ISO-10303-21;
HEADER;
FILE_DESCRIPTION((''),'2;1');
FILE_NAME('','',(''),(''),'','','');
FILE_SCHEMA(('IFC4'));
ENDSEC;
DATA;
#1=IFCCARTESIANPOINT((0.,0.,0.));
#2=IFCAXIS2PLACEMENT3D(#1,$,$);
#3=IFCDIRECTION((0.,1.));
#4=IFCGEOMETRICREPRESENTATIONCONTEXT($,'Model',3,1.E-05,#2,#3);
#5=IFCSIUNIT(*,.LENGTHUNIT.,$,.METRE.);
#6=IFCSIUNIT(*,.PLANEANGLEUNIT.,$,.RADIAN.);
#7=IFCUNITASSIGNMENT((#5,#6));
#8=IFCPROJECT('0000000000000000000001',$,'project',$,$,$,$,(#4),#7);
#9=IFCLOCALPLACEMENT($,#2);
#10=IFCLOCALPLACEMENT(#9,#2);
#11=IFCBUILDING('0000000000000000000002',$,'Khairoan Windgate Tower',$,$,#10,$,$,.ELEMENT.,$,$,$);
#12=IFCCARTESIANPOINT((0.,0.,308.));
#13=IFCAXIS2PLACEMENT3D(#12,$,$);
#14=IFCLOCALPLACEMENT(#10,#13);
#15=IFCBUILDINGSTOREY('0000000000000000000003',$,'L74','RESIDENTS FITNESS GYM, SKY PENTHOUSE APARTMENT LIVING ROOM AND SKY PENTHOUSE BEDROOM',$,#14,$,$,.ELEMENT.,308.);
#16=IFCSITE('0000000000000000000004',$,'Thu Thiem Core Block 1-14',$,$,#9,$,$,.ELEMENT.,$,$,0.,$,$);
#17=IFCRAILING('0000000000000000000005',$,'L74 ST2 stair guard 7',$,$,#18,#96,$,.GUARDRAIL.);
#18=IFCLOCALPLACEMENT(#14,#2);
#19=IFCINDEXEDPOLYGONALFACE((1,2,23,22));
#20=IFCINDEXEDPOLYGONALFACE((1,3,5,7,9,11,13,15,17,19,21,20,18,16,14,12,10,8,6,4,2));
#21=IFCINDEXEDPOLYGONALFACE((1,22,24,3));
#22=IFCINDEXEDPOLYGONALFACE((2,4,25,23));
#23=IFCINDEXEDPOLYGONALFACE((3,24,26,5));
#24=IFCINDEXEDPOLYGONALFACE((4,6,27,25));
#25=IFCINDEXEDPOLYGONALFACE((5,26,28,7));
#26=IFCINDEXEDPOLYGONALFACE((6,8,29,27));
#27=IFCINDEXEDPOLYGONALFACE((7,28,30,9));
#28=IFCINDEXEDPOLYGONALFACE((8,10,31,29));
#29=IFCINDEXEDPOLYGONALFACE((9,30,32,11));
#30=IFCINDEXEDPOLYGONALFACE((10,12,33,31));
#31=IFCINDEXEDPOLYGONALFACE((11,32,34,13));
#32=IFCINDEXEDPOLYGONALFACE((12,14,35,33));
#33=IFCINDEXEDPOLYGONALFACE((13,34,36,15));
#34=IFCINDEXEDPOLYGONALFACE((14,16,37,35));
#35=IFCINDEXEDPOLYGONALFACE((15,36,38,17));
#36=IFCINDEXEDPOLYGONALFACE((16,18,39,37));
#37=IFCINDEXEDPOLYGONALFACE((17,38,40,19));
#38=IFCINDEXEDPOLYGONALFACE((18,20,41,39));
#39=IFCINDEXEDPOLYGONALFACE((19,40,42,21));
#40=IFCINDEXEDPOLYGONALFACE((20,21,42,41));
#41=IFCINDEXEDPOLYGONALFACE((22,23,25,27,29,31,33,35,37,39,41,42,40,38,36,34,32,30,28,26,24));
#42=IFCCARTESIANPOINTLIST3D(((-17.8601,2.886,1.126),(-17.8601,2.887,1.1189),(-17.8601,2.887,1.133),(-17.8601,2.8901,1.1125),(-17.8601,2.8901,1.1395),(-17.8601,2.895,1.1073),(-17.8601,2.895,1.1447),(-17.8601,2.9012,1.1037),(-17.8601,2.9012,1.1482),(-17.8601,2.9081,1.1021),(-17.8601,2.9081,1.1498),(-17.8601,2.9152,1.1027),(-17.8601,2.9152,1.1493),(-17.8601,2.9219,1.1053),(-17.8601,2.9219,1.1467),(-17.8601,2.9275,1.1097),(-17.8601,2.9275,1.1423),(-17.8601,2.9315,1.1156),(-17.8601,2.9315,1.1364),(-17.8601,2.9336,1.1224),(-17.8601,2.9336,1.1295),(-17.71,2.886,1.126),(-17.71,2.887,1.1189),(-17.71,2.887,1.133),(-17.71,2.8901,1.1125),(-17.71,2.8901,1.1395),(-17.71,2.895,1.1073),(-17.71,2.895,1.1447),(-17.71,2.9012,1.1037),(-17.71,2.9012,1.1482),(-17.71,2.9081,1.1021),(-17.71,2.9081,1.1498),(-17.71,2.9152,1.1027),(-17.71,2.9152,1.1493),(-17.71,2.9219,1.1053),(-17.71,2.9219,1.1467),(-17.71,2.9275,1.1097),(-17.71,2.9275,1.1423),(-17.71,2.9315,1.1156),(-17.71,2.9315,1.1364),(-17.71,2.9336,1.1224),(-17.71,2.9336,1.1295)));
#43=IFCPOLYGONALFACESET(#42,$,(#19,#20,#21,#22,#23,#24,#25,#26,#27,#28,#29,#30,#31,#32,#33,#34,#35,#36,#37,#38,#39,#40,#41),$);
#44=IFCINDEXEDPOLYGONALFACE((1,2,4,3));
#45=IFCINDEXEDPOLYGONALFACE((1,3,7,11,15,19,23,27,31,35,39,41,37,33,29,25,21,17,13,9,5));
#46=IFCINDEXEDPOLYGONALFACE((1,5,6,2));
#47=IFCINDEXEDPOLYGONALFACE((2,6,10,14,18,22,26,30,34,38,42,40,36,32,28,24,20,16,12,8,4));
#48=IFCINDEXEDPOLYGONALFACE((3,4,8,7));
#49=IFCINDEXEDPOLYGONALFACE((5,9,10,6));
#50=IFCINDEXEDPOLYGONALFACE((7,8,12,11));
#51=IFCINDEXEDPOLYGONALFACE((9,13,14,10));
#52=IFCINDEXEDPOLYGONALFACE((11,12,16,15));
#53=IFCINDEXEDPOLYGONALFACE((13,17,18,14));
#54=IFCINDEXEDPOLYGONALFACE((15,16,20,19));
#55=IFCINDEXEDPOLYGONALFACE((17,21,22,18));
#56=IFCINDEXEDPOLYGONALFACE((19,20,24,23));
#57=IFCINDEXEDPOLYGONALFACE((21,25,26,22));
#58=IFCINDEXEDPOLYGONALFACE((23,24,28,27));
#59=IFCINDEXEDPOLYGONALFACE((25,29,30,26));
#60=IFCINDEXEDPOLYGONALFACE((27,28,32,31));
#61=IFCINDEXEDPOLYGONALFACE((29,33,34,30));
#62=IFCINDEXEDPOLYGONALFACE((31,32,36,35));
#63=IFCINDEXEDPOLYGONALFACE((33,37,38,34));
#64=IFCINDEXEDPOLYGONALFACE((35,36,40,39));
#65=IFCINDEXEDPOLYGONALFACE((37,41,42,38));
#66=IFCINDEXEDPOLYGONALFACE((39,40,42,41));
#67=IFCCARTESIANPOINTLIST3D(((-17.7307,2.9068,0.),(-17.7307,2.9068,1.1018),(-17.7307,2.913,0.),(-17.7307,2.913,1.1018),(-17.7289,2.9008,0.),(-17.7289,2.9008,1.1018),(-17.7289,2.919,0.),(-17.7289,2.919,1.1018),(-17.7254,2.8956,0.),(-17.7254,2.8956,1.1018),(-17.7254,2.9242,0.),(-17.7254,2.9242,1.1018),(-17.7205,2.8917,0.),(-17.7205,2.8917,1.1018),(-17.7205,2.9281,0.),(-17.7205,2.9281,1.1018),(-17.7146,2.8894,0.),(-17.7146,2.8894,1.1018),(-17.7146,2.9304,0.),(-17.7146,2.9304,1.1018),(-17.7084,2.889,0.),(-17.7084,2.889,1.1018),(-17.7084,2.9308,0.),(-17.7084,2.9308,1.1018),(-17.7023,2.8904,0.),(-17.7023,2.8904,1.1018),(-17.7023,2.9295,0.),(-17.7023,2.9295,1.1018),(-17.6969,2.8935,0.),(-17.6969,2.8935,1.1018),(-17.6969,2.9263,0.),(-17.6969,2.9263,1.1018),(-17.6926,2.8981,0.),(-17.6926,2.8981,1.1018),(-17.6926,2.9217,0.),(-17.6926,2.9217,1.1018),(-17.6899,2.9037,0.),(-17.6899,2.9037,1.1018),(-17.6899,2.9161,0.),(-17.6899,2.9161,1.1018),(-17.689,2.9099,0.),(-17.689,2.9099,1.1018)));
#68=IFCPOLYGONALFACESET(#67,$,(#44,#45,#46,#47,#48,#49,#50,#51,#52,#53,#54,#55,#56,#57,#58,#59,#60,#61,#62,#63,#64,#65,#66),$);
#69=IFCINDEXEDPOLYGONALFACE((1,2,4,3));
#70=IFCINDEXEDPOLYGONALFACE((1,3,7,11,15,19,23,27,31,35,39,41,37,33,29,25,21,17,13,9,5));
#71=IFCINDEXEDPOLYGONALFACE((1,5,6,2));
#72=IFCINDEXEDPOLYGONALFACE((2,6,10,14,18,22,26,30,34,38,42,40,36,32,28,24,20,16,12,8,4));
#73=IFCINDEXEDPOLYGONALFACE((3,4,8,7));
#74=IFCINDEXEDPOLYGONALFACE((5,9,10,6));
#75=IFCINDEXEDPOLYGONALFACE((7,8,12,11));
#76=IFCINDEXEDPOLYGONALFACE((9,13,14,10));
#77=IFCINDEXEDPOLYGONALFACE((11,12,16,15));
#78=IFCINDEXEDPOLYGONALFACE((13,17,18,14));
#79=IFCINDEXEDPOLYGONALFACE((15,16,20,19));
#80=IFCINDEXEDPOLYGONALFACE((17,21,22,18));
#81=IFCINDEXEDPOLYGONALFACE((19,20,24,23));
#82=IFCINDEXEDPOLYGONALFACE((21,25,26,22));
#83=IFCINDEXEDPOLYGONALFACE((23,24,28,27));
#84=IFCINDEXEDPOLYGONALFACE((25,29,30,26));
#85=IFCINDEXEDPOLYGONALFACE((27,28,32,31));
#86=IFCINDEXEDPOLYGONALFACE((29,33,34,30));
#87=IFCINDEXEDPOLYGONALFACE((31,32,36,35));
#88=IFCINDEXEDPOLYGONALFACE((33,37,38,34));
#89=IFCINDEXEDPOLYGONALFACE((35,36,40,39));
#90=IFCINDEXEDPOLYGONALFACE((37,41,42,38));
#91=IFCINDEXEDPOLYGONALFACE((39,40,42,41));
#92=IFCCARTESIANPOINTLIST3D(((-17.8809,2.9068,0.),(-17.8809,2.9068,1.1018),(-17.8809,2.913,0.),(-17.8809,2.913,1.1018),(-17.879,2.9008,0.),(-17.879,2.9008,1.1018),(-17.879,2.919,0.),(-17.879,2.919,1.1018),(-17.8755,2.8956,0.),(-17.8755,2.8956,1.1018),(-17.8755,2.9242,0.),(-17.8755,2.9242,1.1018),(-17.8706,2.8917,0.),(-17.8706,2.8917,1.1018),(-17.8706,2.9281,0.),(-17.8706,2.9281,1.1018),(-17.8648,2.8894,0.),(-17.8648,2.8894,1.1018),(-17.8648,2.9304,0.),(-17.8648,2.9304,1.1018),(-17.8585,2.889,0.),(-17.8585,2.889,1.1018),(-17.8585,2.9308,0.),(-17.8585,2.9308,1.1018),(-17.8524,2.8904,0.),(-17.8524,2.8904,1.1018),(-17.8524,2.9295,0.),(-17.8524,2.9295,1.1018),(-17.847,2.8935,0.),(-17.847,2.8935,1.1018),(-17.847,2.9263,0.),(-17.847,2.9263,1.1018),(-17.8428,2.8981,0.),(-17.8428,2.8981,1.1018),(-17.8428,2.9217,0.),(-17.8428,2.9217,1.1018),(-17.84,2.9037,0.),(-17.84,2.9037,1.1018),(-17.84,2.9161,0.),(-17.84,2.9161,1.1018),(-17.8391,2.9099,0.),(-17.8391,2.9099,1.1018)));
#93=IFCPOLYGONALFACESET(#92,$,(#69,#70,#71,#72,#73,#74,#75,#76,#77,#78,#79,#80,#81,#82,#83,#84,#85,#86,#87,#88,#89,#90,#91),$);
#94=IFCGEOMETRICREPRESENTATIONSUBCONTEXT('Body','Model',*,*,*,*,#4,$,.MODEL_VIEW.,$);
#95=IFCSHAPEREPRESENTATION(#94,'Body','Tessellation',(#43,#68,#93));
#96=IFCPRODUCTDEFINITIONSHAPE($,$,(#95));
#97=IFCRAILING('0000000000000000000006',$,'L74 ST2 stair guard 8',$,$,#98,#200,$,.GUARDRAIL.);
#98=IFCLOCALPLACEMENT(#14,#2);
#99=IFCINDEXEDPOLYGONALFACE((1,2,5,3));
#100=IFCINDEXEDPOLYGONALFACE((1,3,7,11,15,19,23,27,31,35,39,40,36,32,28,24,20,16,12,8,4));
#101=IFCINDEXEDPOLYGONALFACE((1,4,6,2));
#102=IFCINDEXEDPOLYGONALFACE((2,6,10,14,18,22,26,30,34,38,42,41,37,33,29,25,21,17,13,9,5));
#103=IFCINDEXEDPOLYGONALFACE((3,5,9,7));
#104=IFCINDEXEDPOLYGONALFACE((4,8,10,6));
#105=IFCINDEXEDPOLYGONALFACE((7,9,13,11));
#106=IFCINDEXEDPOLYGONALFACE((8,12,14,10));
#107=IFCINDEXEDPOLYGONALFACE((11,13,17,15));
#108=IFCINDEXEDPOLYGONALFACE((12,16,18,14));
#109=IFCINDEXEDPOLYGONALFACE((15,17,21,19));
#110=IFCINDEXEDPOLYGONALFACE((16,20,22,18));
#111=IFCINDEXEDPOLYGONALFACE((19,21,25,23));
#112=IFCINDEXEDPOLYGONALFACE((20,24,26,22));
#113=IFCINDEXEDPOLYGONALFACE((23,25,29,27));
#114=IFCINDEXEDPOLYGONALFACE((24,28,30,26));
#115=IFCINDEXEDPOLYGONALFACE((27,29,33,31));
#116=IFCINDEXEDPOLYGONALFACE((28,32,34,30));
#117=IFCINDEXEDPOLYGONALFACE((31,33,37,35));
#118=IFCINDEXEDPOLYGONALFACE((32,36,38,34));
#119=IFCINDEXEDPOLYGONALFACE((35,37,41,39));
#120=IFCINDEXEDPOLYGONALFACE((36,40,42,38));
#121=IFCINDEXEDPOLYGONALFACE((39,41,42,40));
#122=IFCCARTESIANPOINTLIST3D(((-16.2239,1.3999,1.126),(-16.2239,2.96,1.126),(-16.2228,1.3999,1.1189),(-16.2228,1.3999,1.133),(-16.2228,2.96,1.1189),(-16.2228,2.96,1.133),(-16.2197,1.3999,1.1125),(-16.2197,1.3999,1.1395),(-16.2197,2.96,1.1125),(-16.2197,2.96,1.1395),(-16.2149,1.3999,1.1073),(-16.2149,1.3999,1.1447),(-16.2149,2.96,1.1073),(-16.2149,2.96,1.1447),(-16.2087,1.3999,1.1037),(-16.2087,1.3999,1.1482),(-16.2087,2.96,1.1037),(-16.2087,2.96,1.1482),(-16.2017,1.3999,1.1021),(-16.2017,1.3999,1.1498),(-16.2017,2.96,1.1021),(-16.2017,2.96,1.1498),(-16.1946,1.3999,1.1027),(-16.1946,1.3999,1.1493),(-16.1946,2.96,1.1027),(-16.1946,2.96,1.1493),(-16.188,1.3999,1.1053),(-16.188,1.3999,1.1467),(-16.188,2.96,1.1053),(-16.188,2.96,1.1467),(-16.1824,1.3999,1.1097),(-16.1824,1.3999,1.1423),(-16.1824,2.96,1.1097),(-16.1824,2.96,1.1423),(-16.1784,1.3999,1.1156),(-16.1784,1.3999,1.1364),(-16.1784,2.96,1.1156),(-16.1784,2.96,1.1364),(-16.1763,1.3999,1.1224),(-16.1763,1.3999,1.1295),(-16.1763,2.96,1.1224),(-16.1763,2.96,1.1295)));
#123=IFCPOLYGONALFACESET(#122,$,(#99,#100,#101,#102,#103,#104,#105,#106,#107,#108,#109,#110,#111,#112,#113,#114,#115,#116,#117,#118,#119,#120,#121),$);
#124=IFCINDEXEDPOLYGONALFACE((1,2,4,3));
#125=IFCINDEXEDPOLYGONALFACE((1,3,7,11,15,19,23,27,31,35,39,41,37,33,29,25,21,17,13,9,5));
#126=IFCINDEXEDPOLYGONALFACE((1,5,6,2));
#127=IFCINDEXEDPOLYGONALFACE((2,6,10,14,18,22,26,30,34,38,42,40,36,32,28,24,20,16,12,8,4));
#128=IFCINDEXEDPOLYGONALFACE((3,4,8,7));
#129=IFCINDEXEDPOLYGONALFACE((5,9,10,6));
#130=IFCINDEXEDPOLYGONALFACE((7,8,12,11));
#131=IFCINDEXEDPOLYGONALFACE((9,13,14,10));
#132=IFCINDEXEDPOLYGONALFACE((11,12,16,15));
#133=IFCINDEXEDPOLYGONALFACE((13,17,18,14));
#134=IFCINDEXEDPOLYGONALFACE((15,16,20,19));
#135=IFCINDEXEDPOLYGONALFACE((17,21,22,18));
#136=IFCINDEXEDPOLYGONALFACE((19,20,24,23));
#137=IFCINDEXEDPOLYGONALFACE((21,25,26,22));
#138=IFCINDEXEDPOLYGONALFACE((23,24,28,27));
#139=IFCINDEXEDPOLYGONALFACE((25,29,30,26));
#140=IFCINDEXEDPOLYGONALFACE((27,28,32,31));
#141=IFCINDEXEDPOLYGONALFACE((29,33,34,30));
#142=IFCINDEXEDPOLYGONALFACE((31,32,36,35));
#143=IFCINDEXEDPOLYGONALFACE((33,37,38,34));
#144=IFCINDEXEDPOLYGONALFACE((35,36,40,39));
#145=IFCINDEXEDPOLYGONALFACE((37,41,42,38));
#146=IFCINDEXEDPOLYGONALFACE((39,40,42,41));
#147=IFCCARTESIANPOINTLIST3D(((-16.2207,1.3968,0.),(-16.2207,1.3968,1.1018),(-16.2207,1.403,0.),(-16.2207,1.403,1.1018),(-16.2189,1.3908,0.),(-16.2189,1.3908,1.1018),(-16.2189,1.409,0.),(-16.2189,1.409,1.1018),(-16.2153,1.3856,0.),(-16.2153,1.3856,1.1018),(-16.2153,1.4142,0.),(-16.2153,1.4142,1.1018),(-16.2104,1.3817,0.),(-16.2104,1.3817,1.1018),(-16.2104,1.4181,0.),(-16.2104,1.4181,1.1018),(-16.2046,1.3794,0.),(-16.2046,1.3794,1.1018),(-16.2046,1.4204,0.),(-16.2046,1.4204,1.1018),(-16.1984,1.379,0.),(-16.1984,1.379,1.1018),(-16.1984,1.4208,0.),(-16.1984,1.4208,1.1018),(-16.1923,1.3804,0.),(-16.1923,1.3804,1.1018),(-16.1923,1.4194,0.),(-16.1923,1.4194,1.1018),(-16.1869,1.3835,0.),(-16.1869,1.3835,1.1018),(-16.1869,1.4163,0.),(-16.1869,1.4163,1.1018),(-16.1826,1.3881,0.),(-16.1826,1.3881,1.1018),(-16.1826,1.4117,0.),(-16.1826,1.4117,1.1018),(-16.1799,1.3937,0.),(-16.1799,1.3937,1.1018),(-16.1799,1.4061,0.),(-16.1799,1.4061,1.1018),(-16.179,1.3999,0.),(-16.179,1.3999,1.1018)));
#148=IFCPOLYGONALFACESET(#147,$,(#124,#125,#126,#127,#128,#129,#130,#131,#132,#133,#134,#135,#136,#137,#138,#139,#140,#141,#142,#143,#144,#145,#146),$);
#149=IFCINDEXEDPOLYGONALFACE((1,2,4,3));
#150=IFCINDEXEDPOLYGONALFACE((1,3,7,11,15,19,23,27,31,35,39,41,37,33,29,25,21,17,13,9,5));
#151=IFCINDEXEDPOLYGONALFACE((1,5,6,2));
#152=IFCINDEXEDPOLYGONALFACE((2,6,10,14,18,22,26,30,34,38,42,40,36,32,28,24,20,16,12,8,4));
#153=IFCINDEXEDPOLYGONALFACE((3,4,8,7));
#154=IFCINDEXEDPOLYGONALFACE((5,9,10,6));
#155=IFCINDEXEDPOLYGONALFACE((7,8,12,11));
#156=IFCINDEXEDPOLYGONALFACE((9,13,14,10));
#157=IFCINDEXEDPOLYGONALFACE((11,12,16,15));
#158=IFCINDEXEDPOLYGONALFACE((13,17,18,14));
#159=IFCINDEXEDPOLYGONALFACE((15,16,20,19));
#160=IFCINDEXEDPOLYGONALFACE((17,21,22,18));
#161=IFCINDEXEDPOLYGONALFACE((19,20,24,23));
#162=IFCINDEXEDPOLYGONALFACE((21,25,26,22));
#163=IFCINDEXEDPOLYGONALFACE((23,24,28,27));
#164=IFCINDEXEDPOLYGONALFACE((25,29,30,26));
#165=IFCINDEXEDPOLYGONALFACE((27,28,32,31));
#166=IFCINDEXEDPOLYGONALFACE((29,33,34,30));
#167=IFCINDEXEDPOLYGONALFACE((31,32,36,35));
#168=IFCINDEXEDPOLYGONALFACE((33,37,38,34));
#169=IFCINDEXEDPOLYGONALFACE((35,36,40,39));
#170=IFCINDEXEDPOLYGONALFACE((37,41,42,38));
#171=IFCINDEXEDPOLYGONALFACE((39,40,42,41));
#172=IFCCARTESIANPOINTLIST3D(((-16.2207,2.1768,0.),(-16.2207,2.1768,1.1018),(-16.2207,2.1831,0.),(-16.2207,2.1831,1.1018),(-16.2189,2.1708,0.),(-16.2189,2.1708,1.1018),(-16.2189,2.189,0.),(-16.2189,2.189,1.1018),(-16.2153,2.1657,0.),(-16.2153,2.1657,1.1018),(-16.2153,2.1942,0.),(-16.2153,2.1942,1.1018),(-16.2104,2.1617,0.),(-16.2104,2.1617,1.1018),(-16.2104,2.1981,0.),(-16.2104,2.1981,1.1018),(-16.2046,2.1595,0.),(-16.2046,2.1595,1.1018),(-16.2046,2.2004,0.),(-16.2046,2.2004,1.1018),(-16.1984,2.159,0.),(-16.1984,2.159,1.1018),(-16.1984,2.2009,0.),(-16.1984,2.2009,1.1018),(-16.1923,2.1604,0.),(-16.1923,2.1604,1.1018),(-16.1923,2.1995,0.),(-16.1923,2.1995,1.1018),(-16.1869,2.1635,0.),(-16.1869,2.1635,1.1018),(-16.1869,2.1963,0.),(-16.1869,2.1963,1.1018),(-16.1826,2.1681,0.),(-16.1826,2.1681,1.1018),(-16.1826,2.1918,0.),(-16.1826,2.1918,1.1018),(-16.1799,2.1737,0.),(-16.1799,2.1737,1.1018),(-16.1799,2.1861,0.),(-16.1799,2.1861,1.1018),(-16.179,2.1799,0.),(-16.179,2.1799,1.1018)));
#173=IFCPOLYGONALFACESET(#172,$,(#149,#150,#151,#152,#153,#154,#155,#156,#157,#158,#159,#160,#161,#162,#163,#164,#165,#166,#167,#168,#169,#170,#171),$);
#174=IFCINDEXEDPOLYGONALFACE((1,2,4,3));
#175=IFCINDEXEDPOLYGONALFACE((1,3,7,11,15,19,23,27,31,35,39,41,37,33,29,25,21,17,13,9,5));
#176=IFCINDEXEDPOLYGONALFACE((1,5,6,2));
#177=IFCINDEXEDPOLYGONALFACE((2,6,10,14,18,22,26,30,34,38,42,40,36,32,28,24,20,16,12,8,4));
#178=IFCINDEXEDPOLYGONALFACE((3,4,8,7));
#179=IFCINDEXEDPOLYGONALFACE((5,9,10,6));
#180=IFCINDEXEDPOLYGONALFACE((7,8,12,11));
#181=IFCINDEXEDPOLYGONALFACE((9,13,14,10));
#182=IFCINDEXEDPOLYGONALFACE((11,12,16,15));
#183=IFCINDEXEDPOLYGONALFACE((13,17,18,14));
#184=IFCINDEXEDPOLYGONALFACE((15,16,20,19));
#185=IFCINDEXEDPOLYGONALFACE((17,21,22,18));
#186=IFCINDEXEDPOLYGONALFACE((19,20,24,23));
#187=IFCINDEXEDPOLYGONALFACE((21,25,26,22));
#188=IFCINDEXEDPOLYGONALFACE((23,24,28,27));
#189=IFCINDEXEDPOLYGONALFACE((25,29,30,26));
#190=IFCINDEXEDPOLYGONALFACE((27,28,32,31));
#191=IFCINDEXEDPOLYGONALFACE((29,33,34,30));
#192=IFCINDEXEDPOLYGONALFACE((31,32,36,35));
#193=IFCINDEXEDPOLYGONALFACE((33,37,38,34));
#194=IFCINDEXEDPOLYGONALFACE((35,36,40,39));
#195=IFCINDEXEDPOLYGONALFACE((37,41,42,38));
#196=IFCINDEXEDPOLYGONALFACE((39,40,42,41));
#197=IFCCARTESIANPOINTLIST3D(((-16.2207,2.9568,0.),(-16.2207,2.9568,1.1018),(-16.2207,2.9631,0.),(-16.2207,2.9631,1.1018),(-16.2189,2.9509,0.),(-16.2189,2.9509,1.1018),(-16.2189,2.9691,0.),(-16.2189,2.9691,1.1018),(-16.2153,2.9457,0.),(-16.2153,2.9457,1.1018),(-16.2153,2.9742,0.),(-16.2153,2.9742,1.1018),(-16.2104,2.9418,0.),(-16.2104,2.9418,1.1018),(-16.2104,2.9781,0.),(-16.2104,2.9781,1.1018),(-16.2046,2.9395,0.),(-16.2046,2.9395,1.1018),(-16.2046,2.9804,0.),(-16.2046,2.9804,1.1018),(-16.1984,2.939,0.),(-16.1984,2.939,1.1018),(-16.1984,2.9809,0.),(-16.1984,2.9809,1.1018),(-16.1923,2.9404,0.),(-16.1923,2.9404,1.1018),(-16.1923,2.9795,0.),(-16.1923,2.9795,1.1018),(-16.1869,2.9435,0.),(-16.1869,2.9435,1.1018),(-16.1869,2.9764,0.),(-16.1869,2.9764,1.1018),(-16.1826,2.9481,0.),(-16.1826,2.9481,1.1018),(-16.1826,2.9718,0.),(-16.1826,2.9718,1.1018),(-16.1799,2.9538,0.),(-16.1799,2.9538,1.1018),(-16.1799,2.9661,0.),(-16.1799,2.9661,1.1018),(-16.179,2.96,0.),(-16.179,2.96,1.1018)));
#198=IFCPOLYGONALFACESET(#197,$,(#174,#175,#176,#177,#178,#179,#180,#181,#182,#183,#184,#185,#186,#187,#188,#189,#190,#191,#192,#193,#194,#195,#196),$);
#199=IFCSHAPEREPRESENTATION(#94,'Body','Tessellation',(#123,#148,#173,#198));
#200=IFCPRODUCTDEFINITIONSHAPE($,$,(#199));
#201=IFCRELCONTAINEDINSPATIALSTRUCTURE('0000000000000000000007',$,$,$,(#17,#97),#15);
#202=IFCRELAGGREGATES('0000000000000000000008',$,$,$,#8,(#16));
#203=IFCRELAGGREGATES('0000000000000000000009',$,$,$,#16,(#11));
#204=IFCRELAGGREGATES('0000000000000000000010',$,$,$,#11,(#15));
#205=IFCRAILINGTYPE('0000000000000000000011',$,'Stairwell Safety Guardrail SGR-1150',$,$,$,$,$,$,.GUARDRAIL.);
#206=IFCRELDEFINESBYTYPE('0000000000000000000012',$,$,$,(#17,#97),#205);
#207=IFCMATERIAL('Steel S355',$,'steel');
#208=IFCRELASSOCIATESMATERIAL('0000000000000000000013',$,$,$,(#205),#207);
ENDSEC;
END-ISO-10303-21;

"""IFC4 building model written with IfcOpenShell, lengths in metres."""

from ifc_helpers import new_model, si_unit, direction, frame, origin, origin_2d, place, context, subcontext, project, spatial, circle, extrude, material, type_object, element, save


model = new_model("IFC4")

# Units and contexts
model_context = context("Model", 3, precision=1e-05, world=origin(), true_north=direction((0.0, 1.0)))
body_context = subcontext(model_context, "Body", "Model", "MODEL_VIEW")
ifc_project = project(units=[si_unit("LENGTHUNIT", "METRE"), si_unit("PLANEANGLEUNIT", "RADIAN")], contexts=[model_context])

# Site, building, storey
site_placement = place(None, origin())
site = spatial("IfcSite", under=ifc_project, at=site_placement, Name="Thu Thiem Core Block 1-14", CompositionType="ELEMENT", RefElevation=0.0)
building_placement = place(site_placement, origin())
building = spatial("IfcBuilding", under=site, at=building_placement, Name="Khairoan Windgate Tower", CompositionType="ELEMENT")
storey_placement = place(building_placement, frame((0.0, 0.0, 308.0)))
storey = spatial("IfcBuildingStorey", under=building, at=storey_placement, Name="L74", Description="RESIDENTS FITNESS GYM, SKY PENTHOUSE APARTMENT LIVING ROOM AND SKY PENTHOUSE BEDROOM", CompositionType="ELEMENT", Elevation=308.0)

# Railings
ifc_material_1 = material(Name="Steel S355", Category="steel")
railing_type_1 = type_object("IfcRailingType", Name="Stairwell Safety Guardrail SGR-1150", PredefinedType="GUARDRAIL", material=ifc_material_1)
railing_1_placement = place(storey_placement, frame((-17.71, 2.9099, 0.0)))
element("IfcRailing", 1, at=railing_1_placement, inside=storey, type_object=railing_type_1, Name="L74 ST2 stair guard 7", PredefinedType="GUARDRAIL", context=body_context, shape_type="SweptSolid", body=[
    extrude(circle(Radius=0.0239, at=origin_2d()), frame((0.0, 0.0, 1.126), z_axis=(-1.0, 0.0, 0.0), x_axis=(0.0, -1.0, 0.0)), (0.0, 0.0, 1.0), 0.1501),
    extrude(circle(Radius=0.021, at=origin_2d()), origin(), (0.0, 0.0, 1.0), 1.1018),
    extrude(circle(Radius=0.021, at=origin_2d()), frame((-0.1501, 0.0, 0.0)), (0.0, 0.0, 1.0), 1.1018),
])
for number, where, name in (
    (2, (-16.2, 1.3999, 0.0), "L74 ST2 stair guard 8"),
):
    element("IfcRailing", number, at=place(storey_placement, frame(where)), inside=storey, type_object=railing_type_1, Name=name, PredefinedType="GUARDRAIL", context=body_context, shape_type="SweptSolid", body=[
        extrude(circle(Radius=0.0239, at=origin_2d()), frame((0.0, 0.0, 1.126), z_axis=(0.0, 1.0, 0.0), x_axis=(-1.0, 0.0, 0.0)), (0.0, 0.0, 1.0), 1.5601),
        extrude(circle(Radius=0.021, at=origin_2d()), origin(), (0.0, 0.0, 1.0), 1.1018),
        extrude(circle(Radius=0.021, at=origin_2d()), frame((0.0, 0.78, 0.0)), (0.0, 0.0, 1.0), 1.1018),
        extrude(circle(Radius=0.021, at=origin_2d()), frame((0.0, 1.5601, 0.0)), (0.0, 0.0, 1.0), 1.1018),
    ])

save(model, "model.ifc")
